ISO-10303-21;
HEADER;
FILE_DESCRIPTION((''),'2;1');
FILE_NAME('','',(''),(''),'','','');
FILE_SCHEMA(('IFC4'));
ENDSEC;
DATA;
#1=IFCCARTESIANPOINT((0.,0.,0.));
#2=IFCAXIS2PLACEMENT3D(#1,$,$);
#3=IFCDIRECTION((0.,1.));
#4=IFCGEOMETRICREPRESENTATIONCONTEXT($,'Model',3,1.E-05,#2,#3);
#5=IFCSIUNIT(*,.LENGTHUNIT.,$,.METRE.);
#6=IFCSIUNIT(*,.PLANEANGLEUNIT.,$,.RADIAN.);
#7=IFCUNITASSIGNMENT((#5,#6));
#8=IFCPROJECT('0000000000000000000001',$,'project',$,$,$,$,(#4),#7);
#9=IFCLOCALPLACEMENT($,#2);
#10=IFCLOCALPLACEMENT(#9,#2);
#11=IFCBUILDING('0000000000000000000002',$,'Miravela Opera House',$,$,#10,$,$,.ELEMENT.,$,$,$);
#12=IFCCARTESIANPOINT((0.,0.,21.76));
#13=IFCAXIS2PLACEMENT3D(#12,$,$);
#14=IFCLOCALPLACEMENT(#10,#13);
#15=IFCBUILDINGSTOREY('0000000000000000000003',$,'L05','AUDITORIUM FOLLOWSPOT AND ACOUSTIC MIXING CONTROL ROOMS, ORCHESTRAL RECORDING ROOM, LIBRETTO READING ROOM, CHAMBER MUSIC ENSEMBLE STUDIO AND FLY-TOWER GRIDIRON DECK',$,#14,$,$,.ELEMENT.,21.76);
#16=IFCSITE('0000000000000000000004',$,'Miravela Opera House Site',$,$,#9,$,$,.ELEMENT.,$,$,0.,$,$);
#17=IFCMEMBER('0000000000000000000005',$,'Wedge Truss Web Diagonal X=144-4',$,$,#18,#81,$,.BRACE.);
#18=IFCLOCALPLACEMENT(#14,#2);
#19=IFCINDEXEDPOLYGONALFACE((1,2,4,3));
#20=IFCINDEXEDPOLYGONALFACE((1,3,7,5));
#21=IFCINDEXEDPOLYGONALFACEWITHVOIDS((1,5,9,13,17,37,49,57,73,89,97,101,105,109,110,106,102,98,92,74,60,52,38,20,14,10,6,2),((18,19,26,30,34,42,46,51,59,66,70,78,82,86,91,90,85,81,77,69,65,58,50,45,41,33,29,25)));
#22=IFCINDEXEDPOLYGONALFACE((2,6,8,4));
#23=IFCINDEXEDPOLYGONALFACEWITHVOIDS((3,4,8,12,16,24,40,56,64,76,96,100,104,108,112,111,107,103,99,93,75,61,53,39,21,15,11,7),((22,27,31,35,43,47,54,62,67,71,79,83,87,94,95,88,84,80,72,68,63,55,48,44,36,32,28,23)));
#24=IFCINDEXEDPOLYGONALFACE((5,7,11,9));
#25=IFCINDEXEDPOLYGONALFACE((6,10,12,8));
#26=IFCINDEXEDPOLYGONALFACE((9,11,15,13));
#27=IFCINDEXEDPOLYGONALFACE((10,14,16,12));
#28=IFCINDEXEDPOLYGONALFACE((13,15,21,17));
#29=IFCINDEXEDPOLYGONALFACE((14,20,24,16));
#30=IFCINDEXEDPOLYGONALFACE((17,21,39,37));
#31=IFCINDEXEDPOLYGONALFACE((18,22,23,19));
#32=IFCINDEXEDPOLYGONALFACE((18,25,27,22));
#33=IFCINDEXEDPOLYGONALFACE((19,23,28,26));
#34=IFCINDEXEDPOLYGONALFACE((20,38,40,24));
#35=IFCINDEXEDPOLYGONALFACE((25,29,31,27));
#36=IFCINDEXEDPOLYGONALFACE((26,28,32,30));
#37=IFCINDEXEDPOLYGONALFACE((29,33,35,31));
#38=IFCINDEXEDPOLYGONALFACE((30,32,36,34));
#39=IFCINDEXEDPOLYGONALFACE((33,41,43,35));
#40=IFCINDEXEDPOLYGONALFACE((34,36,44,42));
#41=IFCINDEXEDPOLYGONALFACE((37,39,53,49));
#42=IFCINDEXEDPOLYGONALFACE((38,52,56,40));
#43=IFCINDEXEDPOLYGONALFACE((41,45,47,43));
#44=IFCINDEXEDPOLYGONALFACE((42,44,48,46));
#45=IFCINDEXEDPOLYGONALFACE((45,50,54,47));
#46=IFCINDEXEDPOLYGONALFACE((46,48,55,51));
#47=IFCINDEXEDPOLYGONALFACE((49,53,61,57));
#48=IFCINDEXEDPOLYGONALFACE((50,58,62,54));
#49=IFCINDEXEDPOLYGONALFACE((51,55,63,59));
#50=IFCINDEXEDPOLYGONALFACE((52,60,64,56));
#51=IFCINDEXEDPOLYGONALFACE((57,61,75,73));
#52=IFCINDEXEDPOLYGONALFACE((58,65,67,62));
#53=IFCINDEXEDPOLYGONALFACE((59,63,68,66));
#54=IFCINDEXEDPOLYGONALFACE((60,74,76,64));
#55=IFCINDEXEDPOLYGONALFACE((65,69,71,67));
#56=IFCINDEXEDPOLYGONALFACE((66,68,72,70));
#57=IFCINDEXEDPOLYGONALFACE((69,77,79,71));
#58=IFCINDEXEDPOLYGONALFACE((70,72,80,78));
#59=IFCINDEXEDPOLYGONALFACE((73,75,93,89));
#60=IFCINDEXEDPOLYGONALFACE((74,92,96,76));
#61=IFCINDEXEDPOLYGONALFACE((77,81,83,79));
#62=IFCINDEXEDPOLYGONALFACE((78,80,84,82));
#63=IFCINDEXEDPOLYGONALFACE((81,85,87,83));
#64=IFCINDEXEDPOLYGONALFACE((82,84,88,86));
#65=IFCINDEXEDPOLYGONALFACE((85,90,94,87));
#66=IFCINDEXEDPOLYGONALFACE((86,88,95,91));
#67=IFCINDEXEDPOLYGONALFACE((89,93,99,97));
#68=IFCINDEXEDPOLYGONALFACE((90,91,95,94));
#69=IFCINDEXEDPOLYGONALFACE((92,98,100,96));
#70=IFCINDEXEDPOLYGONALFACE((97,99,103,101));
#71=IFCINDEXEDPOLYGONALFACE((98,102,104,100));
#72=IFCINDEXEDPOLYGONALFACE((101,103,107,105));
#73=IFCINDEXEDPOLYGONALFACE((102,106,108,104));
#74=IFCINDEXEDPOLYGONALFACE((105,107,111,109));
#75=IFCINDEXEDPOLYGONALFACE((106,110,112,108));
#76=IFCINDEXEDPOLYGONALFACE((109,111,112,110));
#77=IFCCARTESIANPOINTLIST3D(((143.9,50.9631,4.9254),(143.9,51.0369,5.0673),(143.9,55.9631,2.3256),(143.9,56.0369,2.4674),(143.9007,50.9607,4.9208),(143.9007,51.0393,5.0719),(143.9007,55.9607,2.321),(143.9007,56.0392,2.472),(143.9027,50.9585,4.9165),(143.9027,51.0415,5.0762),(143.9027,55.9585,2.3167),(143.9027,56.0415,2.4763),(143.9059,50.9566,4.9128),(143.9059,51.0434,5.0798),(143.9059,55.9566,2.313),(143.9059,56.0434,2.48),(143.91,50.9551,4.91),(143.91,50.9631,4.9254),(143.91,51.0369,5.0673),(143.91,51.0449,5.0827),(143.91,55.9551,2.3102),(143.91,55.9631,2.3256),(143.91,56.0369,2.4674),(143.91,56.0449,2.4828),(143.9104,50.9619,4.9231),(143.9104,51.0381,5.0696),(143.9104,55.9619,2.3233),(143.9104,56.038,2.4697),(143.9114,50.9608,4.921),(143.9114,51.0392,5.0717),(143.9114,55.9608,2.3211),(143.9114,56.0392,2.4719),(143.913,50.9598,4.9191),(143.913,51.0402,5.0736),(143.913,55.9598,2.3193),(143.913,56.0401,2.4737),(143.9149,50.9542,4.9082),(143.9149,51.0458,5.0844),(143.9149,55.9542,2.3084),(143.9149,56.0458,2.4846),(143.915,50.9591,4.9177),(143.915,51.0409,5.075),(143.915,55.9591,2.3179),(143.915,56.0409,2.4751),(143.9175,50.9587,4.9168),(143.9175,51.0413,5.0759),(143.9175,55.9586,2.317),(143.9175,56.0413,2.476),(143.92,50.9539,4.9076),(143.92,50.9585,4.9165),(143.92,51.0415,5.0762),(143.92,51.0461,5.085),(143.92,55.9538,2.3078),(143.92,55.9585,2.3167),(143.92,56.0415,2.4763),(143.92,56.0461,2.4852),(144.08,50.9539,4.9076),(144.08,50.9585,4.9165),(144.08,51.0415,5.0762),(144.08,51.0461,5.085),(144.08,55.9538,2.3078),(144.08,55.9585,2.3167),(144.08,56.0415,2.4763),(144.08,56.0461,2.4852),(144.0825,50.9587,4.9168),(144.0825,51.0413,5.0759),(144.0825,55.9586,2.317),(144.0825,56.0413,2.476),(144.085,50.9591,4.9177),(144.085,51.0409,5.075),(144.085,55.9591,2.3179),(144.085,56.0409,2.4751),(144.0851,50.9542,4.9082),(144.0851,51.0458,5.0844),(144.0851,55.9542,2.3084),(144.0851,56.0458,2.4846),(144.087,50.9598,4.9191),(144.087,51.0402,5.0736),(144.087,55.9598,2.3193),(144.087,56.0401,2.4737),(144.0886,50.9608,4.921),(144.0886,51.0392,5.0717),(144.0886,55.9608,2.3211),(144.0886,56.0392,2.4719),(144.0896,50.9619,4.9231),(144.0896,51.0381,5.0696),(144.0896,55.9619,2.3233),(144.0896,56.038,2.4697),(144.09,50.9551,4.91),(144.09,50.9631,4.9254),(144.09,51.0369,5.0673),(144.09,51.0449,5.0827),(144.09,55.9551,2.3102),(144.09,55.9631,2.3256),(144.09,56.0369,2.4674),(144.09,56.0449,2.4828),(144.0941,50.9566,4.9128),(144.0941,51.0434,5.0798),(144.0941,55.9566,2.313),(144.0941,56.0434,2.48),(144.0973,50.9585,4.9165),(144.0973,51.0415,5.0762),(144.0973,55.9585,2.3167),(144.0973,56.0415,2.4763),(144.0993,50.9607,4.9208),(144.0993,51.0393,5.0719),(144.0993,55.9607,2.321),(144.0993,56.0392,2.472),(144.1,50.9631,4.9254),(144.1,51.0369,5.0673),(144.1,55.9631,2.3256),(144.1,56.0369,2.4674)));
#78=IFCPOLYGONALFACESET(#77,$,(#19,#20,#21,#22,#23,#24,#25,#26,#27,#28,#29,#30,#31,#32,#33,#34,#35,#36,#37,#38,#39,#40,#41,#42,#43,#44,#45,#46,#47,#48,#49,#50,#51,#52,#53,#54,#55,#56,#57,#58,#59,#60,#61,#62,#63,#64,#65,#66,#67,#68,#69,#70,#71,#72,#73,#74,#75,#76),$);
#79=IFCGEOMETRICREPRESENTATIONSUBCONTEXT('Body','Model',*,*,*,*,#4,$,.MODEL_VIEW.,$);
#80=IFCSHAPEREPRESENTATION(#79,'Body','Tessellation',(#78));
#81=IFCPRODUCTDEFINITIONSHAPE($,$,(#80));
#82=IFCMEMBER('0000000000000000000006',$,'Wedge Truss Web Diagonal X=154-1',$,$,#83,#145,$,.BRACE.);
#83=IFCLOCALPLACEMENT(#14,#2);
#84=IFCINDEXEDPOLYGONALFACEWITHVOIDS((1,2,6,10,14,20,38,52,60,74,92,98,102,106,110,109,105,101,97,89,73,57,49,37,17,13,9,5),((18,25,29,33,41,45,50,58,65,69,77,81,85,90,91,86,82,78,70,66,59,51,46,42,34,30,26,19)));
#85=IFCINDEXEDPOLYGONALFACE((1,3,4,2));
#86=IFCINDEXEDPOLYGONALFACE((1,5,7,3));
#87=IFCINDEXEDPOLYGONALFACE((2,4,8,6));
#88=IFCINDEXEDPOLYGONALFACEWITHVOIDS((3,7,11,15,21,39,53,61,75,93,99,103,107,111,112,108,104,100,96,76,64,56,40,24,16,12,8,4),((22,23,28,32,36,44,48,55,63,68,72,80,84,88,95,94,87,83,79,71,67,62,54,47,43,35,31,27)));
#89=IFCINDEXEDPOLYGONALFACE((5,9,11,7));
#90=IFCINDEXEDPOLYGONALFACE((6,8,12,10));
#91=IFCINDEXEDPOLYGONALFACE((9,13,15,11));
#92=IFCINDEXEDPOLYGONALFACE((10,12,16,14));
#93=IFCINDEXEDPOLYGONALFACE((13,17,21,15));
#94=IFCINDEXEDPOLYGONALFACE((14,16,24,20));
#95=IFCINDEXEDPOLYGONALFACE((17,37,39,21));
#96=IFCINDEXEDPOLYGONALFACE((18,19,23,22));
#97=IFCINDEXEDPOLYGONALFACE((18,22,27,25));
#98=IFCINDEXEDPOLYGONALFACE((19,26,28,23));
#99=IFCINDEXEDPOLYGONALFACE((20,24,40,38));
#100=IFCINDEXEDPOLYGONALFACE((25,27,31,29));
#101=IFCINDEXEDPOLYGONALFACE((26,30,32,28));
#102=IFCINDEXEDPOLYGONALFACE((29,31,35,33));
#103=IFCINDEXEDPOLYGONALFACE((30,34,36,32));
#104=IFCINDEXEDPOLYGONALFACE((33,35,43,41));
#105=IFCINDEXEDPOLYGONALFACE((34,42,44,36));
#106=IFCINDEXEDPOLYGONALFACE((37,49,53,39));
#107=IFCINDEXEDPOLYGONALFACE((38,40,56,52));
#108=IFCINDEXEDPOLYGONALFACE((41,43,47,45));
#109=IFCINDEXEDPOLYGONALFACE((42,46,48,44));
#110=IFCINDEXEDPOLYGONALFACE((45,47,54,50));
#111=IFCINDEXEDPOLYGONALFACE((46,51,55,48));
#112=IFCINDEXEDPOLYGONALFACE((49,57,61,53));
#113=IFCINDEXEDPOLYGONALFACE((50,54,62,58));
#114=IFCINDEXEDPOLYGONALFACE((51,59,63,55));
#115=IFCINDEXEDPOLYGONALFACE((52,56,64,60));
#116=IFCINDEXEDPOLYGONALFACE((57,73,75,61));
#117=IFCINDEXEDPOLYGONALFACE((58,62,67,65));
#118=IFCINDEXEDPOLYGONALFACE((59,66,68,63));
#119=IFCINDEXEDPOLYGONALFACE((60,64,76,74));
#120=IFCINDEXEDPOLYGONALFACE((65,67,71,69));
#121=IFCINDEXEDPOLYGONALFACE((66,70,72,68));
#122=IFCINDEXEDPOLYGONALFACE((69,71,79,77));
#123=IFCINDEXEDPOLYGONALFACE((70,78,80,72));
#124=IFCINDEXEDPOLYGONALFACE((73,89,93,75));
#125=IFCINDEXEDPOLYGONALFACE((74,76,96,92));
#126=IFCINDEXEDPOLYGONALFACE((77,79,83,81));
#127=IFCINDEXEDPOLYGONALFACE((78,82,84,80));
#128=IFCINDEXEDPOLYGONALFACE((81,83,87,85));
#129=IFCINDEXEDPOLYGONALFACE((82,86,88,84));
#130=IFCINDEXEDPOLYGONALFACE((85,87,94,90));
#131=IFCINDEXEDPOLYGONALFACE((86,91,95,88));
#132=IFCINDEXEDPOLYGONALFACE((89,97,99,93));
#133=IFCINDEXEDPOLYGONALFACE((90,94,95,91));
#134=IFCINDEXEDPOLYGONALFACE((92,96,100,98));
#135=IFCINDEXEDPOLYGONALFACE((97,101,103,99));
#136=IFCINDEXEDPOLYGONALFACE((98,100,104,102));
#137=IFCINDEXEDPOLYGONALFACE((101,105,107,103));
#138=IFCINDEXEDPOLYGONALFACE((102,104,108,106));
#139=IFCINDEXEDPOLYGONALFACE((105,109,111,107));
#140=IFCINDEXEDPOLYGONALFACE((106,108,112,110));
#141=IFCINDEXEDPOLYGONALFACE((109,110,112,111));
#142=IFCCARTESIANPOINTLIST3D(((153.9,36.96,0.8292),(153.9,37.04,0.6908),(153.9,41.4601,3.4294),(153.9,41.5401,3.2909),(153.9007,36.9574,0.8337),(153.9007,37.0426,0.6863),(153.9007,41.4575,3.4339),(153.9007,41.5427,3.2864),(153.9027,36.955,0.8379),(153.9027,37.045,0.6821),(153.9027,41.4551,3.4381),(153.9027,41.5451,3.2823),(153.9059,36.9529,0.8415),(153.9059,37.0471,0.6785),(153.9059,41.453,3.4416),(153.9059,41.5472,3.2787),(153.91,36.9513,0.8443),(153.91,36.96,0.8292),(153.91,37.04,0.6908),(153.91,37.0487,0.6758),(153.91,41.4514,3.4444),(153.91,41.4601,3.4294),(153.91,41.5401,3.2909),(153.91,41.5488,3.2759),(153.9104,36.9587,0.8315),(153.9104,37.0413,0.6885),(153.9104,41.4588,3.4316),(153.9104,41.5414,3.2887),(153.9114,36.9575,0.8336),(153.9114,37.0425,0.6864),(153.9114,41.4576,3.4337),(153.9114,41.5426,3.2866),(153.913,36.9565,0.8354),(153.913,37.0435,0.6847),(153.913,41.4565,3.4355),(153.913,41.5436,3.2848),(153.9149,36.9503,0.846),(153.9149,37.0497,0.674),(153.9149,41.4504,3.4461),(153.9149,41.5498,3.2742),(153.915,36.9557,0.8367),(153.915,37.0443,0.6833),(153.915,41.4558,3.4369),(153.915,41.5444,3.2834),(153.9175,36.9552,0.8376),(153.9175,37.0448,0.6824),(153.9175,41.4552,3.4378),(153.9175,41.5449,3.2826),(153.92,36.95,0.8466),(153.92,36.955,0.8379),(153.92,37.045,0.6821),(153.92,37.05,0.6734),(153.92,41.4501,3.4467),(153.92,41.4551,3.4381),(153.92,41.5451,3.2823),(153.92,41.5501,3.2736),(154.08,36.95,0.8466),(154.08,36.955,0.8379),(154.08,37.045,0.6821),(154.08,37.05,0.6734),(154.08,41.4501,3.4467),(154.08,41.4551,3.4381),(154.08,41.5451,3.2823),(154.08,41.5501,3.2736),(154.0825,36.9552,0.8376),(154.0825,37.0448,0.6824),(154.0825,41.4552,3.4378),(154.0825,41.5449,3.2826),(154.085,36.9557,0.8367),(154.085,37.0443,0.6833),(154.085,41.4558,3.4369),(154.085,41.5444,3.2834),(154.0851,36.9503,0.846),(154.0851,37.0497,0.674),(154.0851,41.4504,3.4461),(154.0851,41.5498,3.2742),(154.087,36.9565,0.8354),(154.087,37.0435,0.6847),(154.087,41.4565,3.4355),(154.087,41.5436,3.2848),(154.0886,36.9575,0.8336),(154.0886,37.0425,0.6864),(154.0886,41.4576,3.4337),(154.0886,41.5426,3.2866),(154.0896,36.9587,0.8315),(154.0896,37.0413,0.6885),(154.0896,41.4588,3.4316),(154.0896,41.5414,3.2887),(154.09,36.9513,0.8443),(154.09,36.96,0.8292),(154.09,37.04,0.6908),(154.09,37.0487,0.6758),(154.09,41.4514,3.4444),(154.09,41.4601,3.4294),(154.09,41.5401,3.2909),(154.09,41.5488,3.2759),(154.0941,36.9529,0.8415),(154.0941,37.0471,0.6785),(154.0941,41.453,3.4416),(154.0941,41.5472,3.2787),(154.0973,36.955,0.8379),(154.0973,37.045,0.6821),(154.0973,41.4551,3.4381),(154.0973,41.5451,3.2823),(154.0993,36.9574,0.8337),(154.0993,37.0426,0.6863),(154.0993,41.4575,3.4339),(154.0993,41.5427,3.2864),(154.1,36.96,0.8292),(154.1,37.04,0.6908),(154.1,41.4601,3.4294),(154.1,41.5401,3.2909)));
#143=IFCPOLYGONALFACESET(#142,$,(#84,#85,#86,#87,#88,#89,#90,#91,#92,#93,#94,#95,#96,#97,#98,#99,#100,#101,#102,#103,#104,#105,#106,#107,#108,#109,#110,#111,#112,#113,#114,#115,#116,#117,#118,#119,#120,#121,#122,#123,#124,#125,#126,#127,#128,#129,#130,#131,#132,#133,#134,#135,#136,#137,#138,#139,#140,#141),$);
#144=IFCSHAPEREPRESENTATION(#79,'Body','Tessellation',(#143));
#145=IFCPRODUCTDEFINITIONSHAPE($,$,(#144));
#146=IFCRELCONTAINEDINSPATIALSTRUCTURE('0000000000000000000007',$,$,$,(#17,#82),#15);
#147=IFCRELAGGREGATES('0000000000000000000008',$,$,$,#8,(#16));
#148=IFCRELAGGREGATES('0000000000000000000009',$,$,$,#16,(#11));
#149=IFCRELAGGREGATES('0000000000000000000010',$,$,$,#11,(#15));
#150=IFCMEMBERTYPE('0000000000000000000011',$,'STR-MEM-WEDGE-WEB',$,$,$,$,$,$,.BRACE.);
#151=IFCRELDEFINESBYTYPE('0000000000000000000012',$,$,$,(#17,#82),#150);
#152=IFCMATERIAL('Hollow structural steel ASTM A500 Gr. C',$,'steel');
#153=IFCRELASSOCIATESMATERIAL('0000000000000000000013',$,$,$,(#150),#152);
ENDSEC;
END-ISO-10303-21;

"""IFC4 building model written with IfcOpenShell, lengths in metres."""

from ifc_helpers import new_model, si_unit, direction, frame, origin, origin_2d, place, context, subcontext, project, spatial, hollow_rectangle, extrude, material, material_profile, profile_set, type_object, element, save


model = new_model("IFC4")

# Units and contexts
model_context = context("Model", 3, precision=1e-05, world=origin(), true_north=direction((0.0, 1.0)))
body_context = subcontext(model_context, "Body", "Model", "MODEL_VIEW")
ifc_project = project(units=[si_unit("LENGTHUNIT", "METRE"), si_unit("PLANEANGLEUNIT", "RADIAN")], contexts=[model_context])

# Site, building, storey
site_placement = place(None, origin())
site = spatial("IfcSite", under=ifc_project, at=site_placement, Name="Miravela Opera House Site", CompositionType="ELEMENT", RefElevation=0.0)
building_placement = place(site_placement, origin())
building = spatial("IfcBuilding", under=site, at=building_placement, Name="Miravela Opera House", CompositionType="ELEMENT")
storey_placement = place(building_placement, frame((0.0, 0.0, 21.76)))
storey = spatial("IfcBuildingStorey", under=building, at=storey_placement, Name="L05", Description="AUDITORIUM FOLLOWSPOT AND ACOUSTIC MIXING CONTROL ROOMS, ORCHESTRAL RECORDING ROOM, LIBRETTO READING ROOM, CHAMBER MUSIC ENSEMBLE STUDIO AND FLY-TOWER GRIDIRON DECK", CompositionType="ELEMENT", Elevation=21.76)

# Members
ifc_material_1 = material(Name="Hollow structural steel ASTM A500 Gr. C", Category="steel")
ifc_material_profile_1 = material_profile(ifc_material_1, hollow_rectangle(XDim=0.2, YDim=0.2, WallThickness=0.01, InnerFilletRadius=0.01, OuterFilletRadius=0.02, at=origin_2d()), Name="HSS200X200X10")
ifc_profile_set_1 = profile_set([ifc_material_profile_1])
member_type_1 = type_object("IfcMemberType", Name="STR-MEM-WEDGE-WEB", PredefinedType="BRACE", material=ifc_profile_set_1)
for number, where, z_axis, x_axis, name in (
    (1, (144.0, 51.0, 4.9963), (0.0, 0.887227, -0.461332), (-1.0, 0.0, 0.0), "Wedge Truss Web Diagonal X=144-4"),
):
    element("IfcMember", number, at=place(storey_placement, frame(where, z_axis=z_axis, x_axis=x_axis)), inside=storey, type_object=member_type_1, Name=name, PredefinedType="BRACE", context=body_context, shape_type="SweptSolid", body=[
        extrude(hollow_rectangle(XDim=0.2, YDim=0.2, WallThickness=0.01, InnerFilletRadius=0.01, OuterFilletRadius=0.02, at=origin_2d()), origin(), (0.0, 0.0, 1.0), 5.6355),
    ])
for number, where, z_axis, x_axis, name in (
    (2, (154.0, 37.0, 0.76), (0.0, 0.865857, 0.500292), (-1.0, 0.0, 0.0), "Wedge Truss Web Diagonal X=154-1"),
):
    element("IfcMember", number, at=place(storey_placement, frame(where, z_axis=z_axis, x_axis=x_axis)), inside=storey, type_object=member_type_1, Name=name, PredefinedType="BRACE", context=body_context, shape_type="SweptSolid", body=[
        extrude(hollow_rectangle(XDim=0.2, YDim=0.2, WallThickness=0.01, InnerFilletRadius=0.01, OuterFilletRadius=0.02, at=origin_2d()), origin(), (0.0, 0.0, 1.0), 5.1973),
    ])

save(model, "model.ifc")
